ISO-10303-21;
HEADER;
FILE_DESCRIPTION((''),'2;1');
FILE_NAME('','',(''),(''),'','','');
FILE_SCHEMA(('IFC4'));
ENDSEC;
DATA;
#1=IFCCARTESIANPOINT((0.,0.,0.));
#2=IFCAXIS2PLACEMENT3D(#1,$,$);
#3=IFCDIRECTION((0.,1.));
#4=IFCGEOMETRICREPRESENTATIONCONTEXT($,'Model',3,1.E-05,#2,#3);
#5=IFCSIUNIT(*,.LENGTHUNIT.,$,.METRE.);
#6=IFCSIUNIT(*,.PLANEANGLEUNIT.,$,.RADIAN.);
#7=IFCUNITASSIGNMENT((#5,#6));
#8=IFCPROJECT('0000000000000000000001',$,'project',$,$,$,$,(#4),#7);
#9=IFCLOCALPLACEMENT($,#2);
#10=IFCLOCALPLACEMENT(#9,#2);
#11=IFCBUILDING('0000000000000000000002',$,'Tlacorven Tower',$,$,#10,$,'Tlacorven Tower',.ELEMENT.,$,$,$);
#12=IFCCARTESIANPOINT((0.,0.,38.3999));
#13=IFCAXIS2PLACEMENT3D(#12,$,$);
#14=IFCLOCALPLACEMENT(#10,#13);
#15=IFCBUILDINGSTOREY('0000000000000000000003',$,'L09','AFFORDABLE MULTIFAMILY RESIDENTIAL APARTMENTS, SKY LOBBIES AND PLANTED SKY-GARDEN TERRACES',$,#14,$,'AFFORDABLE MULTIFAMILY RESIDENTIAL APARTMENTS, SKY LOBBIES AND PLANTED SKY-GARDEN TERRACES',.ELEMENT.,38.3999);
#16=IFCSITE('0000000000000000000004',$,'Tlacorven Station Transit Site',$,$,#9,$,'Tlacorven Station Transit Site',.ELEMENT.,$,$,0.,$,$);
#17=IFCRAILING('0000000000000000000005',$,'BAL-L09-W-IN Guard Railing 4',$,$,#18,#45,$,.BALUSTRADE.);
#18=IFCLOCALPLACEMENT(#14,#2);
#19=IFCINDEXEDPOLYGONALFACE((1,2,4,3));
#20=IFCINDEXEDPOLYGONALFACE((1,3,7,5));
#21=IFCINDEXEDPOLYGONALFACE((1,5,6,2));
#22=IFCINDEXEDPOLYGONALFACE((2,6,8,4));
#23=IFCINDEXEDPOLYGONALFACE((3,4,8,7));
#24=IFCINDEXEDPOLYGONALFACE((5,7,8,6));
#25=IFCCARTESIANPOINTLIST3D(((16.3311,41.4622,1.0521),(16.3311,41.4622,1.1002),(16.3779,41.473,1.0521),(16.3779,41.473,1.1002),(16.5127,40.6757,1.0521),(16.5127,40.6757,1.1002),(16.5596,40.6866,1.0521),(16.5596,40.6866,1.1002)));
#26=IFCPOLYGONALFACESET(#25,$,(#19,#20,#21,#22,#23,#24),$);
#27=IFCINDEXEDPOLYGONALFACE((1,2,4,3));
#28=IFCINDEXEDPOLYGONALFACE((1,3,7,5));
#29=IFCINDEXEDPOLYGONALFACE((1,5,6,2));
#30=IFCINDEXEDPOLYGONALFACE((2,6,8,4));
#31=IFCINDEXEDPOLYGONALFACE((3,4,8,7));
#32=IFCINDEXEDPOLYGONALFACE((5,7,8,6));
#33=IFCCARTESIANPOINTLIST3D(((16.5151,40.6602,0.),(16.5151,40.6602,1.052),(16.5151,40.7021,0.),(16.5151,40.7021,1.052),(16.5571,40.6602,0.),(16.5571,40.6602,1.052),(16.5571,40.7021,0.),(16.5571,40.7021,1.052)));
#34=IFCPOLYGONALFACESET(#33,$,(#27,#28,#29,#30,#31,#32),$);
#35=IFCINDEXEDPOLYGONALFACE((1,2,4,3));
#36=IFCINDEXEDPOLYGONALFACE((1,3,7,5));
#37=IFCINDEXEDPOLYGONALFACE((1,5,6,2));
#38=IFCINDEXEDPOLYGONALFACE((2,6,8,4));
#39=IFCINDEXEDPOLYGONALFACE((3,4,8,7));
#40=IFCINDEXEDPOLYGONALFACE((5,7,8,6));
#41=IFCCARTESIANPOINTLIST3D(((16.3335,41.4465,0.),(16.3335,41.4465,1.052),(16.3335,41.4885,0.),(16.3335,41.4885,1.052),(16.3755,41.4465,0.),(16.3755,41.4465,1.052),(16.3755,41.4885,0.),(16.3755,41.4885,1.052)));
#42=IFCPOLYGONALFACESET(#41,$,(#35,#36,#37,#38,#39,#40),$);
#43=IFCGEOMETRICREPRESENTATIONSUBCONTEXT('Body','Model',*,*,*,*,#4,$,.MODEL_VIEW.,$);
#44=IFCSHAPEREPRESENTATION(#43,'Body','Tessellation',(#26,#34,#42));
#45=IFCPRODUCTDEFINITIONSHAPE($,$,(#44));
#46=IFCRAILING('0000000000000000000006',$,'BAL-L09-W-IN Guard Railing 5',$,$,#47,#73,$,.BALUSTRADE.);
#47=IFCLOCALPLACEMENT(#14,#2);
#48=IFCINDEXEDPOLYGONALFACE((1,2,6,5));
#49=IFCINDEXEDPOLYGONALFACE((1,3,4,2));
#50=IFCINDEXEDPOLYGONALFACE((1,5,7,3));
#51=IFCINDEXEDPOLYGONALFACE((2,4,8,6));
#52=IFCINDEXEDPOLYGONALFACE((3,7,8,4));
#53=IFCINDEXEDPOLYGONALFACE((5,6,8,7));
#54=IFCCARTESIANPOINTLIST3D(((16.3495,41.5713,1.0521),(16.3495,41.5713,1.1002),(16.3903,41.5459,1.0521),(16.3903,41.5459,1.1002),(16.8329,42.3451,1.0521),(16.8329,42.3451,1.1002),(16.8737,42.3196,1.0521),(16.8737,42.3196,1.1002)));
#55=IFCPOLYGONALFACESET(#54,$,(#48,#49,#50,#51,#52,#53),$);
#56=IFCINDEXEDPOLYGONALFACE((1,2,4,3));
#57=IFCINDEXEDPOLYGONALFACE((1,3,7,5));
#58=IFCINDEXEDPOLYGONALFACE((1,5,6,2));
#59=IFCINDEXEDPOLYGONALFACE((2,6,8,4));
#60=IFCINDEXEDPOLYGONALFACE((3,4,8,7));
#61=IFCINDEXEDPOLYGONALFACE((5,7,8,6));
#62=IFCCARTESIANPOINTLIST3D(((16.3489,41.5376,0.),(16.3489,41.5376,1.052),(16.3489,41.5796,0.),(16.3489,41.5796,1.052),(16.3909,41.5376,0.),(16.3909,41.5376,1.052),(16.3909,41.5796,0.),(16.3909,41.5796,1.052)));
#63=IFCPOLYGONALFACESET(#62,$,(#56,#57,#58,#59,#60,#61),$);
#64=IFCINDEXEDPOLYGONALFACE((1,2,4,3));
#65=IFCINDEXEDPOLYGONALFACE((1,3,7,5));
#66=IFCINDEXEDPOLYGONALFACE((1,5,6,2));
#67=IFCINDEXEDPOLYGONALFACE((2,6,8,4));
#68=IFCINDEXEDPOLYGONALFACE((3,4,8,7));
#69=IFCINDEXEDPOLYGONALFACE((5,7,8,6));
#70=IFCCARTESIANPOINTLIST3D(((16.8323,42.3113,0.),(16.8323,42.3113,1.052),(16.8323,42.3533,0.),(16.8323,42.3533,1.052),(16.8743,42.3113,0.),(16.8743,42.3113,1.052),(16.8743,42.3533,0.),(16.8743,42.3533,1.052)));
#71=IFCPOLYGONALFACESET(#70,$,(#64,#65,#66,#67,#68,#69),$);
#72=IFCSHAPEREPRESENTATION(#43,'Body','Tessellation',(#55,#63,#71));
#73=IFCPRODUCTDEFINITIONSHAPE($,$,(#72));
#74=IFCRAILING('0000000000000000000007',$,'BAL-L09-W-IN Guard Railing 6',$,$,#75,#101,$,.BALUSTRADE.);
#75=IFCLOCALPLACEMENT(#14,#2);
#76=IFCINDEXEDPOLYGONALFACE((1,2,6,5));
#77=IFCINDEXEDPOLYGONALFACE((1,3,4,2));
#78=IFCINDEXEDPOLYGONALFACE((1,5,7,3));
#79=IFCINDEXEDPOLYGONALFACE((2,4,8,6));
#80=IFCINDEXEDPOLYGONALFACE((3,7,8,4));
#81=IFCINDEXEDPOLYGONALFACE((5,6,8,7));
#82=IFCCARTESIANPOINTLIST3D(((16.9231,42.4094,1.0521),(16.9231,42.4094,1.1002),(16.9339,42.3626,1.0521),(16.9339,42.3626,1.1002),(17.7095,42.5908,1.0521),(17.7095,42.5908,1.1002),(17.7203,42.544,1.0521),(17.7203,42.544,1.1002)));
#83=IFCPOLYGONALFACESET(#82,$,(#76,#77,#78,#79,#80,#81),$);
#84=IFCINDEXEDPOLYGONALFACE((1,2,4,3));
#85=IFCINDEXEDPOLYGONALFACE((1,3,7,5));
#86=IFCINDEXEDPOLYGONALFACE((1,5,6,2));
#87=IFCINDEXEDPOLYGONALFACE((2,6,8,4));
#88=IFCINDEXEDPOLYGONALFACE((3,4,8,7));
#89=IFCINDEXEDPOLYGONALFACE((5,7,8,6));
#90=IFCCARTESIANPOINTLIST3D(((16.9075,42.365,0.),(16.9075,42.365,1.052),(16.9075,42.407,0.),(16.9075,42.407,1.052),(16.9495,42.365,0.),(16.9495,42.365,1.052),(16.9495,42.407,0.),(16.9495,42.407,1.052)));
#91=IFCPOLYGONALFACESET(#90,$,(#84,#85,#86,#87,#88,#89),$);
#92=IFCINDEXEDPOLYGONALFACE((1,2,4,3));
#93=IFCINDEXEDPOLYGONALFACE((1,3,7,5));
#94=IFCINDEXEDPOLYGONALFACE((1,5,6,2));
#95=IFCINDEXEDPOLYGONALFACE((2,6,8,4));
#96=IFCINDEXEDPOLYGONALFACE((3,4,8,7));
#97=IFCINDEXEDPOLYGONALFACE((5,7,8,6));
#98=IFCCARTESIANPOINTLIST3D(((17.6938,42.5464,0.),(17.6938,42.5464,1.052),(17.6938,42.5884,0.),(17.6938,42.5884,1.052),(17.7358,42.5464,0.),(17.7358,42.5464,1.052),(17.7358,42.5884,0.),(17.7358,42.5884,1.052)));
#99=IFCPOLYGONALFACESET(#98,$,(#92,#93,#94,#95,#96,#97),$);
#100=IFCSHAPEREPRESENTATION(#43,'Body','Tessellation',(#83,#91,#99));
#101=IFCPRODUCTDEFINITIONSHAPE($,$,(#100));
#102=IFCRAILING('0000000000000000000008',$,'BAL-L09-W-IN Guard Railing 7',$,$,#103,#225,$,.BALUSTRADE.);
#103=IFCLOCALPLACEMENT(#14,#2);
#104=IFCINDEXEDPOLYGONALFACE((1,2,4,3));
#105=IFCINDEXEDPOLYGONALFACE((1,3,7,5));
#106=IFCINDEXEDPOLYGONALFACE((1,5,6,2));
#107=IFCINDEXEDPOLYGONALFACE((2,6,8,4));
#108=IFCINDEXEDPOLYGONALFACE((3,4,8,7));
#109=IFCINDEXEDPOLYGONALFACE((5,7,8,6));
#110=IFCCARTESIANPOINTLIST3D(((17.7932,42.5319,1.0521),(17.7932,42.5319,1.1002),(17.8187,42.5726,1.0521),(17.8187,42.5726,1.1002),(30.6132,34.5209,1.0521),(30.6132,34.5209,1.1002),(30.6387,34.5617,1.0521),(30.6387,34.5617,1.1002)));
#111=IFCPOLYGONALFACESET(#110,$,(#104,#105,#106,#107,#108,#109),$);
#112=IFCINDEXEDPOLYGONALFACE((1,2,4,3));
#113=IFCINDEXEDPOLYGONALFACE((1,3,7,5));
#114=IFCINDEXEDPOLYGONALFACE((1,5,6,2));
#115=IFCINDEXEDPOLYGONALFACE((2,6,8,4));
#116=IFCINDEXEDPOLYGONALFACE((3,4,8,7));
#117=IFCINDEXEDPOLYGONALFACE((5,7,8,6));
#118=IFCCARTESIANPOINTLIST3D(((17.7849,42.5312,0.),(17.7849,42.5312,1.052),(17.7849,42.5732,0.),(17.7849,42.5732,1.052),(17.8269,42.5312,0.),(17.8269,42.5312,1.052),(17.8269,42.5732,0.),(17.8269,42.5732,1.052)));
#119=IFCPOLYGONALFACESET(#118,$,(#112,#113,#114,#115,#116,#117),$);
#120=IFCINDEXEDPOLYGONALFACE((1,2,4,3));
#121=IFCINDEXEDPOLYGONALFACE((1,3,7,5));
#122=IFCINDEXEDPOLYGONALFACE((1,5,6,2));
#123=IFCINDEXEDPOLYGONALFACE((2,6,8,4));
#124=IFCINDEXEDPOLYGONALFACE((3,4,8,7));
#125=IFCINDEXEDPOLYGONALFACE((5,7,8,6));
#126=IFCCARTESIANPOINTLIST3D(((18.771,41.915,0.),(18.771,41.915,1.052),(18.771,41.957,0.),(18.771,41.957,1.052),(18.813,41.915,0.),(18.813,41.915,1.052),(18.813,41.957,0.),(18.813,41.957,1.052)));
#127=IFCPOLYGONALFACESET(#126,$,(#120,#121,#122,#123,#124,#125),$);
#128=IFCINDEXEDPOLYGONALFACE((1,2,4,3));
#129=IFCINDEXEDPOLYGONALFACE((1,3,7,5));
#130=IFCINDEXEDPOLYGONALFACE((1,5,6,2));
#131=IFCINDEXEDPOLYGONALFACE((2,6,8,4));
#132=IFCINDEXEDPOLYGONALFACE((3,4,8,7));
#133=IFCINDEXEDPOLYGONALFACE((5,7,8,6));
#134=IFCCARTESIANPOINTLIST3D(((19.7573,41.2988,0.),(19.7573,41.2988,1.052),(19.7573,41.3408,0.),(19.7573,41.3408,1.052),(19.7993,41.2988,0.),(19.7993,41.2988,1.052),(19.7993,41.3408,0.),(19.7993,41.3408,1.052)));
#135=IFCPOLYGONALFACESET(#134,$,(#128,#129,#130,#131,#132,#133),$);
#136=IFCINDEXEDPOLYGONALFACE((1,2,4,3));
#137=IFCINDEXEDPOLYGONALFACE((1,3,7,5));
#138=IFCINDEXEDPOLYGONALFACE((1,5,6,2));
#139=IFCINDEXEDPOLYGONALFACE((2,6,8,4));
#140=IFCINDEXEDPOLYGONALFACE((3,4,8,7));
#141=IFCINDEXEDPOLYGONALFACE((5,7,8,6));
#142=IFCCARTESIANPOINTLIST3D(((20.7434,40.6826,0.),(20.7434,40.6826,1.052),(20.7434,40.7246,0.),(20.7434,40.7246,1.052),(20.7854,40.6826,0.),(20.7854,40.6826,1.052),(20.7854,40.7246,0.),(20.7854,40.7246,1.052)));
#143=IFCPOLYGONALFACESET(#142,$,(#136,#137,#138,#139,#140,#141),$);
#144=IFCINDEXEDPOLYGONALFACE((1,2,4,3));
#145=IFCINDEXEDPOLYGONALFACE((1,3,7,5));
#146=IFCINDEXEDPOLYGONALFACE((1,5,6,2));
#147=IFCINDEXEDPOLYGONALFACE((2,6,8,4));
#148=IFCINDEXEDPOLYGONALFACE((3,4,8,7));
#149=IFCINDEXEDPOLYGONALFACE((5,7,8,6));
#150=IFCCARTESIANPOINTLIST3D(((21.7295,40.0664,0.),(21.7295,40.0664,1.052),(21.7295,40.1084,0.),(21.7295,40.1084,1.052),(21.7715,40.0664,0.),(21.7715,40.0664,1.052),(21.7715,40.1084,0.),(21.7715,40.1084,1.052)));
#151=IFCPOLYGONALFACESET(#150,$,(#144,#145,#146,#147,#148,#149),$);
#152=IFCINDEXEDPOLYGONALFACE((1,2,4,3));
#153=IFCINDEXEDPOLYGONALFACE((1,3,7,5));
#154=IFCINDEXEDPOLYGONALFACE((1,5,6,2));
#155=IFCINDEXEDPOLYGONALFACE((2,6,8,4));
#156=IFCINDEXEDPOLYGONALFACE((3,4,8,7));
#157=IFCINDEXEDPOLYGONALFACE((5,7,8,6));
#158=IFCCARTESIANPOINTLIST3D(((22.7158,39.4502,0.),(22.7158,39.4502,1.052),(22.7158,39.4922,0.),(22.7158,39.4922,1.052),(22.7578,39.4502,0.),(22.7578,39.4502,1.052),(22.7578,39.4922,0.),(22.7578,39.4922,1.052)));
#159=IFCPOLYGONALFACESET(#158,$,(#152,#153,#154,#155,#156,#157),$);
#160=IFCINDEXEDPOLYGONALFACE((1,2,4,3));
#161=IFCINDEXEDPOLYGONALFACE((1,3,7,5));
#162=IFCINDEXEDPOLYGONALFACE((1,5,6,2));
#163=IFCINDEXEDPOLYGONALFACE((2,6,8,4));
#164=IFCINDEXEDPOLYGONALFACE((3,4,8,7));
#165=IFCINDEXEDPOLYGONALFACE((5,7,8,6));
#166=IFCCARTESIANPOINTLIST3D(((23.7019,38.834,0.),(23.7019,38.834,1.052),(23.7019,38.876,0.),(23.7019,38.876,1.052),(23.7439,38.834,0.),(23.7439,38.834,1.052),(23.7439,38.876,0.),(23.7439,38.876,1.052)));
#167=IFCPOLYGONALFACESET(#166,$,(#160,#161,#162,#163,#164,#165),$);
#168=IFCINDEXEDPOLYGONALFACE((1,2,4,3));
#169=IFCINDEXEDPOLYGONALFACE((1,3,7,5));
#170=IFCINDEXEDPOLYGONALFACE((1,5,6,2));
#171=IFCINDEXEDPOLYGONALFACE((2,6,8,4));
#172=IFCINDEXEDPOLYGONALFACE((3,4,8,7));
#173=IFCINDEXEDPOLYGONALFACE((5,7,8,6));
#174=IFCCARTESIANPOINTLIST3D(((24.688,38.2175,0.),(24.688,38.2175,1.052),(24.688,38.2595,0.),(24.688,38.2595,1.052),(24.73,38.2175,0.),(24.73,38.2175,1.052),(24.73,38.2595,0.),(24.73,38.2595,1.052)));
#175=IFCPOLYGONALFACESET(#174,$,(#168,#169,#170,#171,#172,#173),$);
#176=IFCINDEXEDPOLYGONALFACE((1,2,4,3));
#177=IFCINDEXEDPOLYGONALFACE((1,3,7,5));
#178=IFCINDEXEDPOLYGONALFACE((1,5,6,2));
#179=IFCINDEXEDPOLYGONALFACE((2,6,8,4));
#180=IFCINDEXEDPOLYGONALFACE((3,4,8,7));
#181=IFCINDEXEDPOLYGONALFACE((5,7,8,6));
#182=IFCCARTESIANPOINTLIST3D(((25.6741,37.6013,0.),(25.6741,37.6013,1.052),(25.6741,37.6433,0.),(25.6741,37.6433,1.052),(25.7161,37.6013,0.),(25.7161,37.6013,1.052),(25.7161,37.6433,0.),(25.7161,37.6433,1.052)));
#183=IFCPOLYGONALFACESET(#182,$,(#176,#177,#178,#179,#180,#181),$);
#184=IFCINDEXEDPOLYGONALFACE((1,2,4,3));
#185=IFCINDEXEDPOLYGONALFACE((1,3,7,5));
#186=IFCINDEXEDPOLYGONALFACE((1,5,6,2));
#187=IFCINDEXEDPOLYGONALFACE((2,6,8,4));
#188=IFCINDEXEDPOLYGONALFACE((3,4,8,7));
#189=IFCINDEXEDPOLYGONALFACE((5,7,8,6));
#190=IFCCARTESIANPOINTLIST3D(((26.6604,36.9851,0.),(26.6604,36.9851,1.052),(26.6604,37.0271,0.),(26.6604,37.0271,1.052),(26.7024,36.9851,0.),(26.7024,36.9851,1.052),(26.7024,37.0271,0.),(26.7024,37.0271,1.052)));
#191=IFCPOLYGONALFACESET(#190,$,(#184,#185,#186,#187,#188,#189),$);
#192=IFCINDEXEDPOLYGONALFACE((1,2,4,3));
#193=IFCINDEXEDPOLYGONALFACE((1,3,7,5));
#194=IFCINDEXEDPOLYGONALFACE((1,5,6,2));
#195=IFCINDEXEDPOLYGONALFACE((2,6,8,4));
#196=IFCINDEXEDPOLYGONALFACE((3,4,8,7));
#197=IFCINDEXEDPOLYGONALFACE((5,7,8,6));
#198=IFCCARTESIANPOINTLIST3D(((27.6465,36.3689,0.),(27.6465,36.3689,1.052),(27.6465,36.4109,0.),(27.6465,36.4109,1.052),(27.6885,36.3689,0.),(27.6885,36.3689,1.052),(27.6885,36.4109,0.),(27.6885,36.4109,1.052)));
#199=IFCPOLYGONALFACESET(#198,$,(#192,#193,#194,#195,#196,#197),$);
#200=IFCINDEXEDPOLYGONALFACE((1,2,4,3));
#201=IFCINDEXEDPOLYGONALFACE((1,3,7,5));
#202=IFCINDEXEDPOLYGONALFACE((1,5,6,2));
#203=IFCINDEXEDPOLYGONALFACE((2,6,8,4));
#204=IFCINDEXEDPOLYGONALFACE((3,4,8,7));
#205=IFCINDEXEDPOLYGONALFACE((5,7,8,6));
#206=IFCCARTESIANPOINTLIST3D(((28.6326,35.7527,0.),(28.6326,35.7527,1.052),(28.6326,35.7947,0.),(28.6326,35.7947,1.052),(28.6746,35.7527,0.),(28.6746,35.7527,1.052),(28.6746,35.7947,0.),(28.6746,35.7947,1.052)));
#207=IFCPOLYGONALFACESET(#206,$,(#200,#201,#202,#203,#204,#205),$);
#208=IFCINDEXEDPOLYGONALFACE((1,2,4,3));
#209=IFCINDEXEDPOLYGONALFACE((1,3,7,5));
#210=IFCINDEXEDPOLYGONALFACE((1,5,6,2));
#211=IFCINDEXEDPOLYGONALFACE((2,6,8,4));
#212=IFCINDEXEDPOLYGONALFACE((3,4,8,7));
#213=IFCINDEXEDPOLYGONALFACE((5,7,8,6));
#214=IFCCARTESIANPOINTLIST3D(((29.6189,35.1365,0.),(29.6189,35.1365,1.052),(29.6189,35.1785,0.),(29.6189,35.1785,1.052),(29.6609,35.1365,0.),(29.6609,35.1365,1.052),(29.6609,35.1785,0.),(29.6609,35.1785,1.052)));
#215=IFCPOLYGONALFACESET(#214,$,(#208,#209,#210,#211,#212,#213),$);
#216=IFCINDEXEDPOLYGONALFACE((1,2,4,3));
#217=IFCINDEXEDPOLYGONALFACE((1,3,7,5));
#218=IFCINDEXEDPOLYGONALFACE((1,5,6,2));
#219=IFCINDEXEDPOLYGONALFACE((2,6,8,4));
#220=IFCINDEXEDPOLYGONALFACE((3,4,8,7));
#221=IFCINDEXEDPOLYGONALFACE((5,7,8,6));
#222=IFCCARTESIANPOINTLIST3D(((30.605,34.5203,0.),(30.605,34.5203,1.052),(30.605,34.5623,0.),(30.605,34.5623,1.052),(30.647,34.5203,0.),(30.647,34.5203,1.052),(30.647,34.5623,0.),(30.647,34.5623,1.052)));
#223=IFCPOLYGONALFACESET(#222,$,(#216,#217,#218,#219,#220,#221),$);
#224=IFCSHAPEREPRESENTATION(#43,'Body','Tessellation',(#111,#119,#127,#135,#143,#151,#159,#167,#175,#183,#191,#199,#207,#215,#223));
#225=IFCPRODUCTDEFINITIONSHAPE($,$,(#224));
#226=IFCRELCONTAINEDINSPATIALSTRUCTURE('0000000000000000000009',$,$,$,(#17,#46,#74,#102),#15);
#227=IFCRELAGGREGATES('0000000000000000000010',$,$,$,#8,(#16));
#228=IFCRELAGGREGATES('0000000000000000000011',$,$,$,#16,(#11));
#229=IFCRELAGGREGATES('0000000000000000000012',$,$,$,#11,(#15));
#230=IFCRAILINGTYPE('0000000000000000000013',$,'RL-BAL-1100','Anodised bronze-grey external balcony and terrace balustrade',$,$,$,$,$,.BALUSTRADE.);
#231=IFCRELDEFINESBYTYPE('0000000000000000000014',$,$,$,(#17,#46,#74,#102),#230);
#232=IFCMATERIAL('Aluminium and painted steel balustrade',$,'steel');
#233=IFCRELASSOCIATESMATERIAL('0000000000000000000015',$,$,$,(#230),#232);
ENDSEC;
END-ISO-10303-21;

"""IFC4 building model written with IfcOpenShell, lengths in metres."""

from ifc_helpers import new_model, si_unit, direction, frame, origin, origin_2d, place, context, subcontext, project, spatial, rectangle, extrude, source, transform, mapped, material, type_object, element, save


model = new_model("IFC4")

# Units and contexts
model_context = context("Model", 3, precision=1e-05, world=origin(), true_north=direction((0.0, 1.0)))
body_context = subcontext(model_context, "Body", "Model", "MODEL_VIEW")
ifc_project = project(units=[si_unit("LENGTHUNIT", "METRE"), si_unit("PLANEANGLEUNIT", "RADIAN")], contexts=[model_context])

# Site, building, storey
site_placement = place(None, origin())
site = spatial("IfcSite", under=ifc_project, at=site_placement, Name="Tlacorven Station Transit Site", LongName="Tlacorven Station Transit Site", CompositionType="ELEMENT", RefElevation=0.0)
building_placement = place(site_placement, origin())
building = spatial("IfcBuilding", under=site, at=building_placement, Name="Tlacorven Tower", LongName="Tlacorven Tower", CompositionType="ELEMENT")
storey_placement = place(building_placement, frame((0.0, 0.0, 38.3999)))
storey = spatial("IfcBuildingStorey", under=building, at=storey_placement, Name="L09", Description="AFFORDABLE MULTIFAMILY RESIDENTIAL APARTMENTS, SKY LOBBIES AND PLANTED SKY-GARDEN TERRACES", LongName="AFFORDABLE MULTIFAMILY RESIDENTIAL APARTMENTS, SKY LOBBIES AND PLANTED SKY-GARDEN TERRACES", CompositionType="ELEMENT", Elevation=38.3999)

# Railings
ifc_material_1 = material(Name="Aluminium and painted steel balustrade", Category="steel")
railing_type = type_object("IfcRailingType", Name="RL-BAL-1100", Description="Anodised bronze-grey external balcony and terrace balustrade", PredefinedType="BALUSTRADE", material=ifc_material_1)
shared_shape_1 = source(origin(), body_context, "Body", "SweptSolid", [
    extrude(rectangle(XDim=0.0481, YDim=0.0481, at=origin_2d()), frame((0.0, 0.0, 1.0762), z_axis=(-0.225058, 0.974345, 0.0), x_axis=(-0.974345, -0.225058, 0.0)), (0.0, 0.0, 1.0), 0.8071),
    extrude(rectangle(XDim=0.042, YDim=0.042, at=origin_2d()), origin(), (0.0, 0.0, 1.0), 1.052),
    extrude(rectangle(XDim=0.042, YDim=0.042, at=origin_2d()), frame((-0.1816, 0.7864, 0.0)), (0.0, 0.0, 1.0), 1.052),
])
railing_1_placement = place(storey_placement, frame((16.5361, 40.6812, 0.0)))
element("IfcRailing", 1, at=railing_1_placement, inside=storey, type_object=railing_type, Name="BAL-L09-W-IN Guard Railing 4", PredefinedType="BALUSTRADE", context=body_context, shape_type="MappedRepresentation", body=[
    mapped(shared_shape_1, transform((0.0, 0.0, 0.0), scale=1.0)),
])
shared_shape_2 = source(origin(), body_context, "Body", "SweptSolid", [
    extrude(rectangle(XDim=0.0481, YDim=0.0481, at=origin_2d()), frame((0.0, 0.0, 1.0762), z_axis=(0.529879, 0.848073, 0.0), x_axis=(-0.848073, 0.529879, 0.0)), (0.0, 0.0, 1.0), 0.9124),
    extrude(rectangle(XDim=0.042, YDim=0.042, at=origin_2d()), origin(), (0.0, 0.0, 1.0), 1.052),
    extrude(rectangle(XDim=0.042, YDim=0.042, at=origin_2d()), frame((0.4834, 0.7737, 0.0)), (0.0, 0.0, 1.0), 1.052),
])
railing_2_placement = place(storey_placement, frame((16.3699, 41.5586, 0.0)))
element("IfcRailing", 2, at=railing_2_placement, inside=storey, type_object=railing_type, Name="BAL-L09-W-IN Guard Railing 5", PredefinedType="BALUSTRADE", context=body_context, shape_type="MappedRepresentation", body=[
    mapped(shared_shape_2, transform((0.0, 0.0, 0.0), scale=1.0)),
])
shared_shape_3 = source(origin(), body_context, "Body", "SweptSolid", [
    extrude(rectangle(XDim=0.0481, YDim=0.0481, at=origin_2d()), frame((0.0, 0.0, 1.0762), z_axis=(0.974412, 0.224771, 0.0), x_axis=(-0.224771, 0.974412, 0.0)), (0.0, 0.0, 1.0), 0.8071),
    extrude(rectangle(XDim=0.042, YDim=0.042, at=origin_2d()), origin(), (0.0, 0.0, 1.0), 1.052),
    extrude(rectangle(XDim=0.042, YDim=0.042, at=origin_2d()), frame((0.7864, 0.1814, 0.0)), (0.0, 0.0, 1.0), 1.052),
])
railing_3_placement = place(storey_placement, frame((16.9285, 42.386, 0.0)))
element("IfcRailing", 3, at=railing_3_placement, inside=storey, type_object=railing_type, Name="BAL-L09-W-IN Guard Railing 6", PredefinedType="BALUSTRADE", context=body_context, shape_type="MappedRepresentation", body=[
    mapped(shared_shape_3, transform((0.0, 0.0, 0.0), scale=1.0)),
])
shared_shape_4 = source(origin(), body_context, "Body", "SweptSolid", [
    extrude(rectangle(XDim=0.0481, YDim=0.0481, at=origin_2d()), frame((0.0, 0.0, 1.0762), z_axis=(0.848045, -0.529925, 0.0), x_axis=(0.529925, 0.848045, 0.0)), (0.0, 0.0, 1.0), 15.1172),
    extrude(rectangle(XDim=0.042, YDim=0.042, at=origin_2d()), origin(), (0.0, 0.0, 1.0), 1.052),
    extrude(rectangle(XDim=0.042, YDim=0.042, at=origin_2d()), frame((0.9861, -0.6162, 0.0)), (0.0, 0.0, 1.0), 1.052),
    extrude(rectangle(XDim=0.042, YDim=0.042, at=origin_2d()), frame((1.9724, -1.2324, 0.0)), (0.0, 0.0, 1.0), 1.052),
    extrude(rectangle(XDim=0.042, YDim=0.042, at=origin_2d()), frame((2.9585, -1.8486, 0.0)), (0.0, 0.0, 1.0), 1.052),
    extrude(rectangle(XDim=0.042, YDim=0.042, at=origin_2d()), frame((3.9446, -2.4648, 0.0)), (0.0, 0.0, 1.0), 1.052),
    extrude(rectangle(XDim=0.042, YDim=0.042, at=origin_2d()), frame((4.9309, -3.0811, 0.0)), (0.0, 0.0, 1.0), 1.052),
    extrude(rectangle(XDim=0.042, YDim=0.042, at=origin_2d()), frame((5.917, -3.6973, 0.0)), (0.0, 0.0, 1.0), 1.052),
    extrude(rectangle(XDim=0.042, YDim=0.042, at=origin_2d()), frame((6.9031, -4.3137, 0.0)), (0.0, 0.0, 1.0), 1.052),
    extrude(rectangle(XDim=0.042, YDim=0.042, at=origin_2d()), frame((7.8892, -4.9299, 0.0)), (0.0, 0.0, 1.0), 1.052),
    extrude(rectangle(XDim=0.042, YDim=0.042, at=origin_2d()), frame((8.8755, -5.5461, 0.0)), (0.0, 0.0, 1.0), 1.052),
    extrude(rectangle(XDim=0.042, YDim=0.042, at=origin_2d()), frame((9.8616, -6.1624, 0.0)), (0.0, 0.0, 1.0), 1.052),
    extrude(rectangle(XDim=0.042, YDim=0.042, at=origin_2d()), frame((10.8477, -6.7786, 0.0)), (0.0, 0.0, 1.0), 1.052),
    extrude(rectangle(XDim=0.042, YDim=0.042, at=origin_2d()), frame((11.834, -7.3948, 0.0)), (0.0, 0.0, 1.0), 1.052),
    extrude(rectangle(XDim=0.042, YDim=0.042, at=origin_2d()), frame((12.8201, -8.011, 0.0)), (0.0, 0.0, 1.0), 1.052),
])
railing_4_placement = place(storey_placement, frame((17.8059, 42.5522, 0.0)))
element("IfcRailing", 4, at=railing_4_placement, inside=storey, type_object=railing_type, Name="BAL-L09-W-IN Guard Railing 7", PredefinedType="BALUSTRADE", context=body_context, shape_type="MappedRepresentation", body=[
    mapped(shared_shape_4, transform((0.0, 0.0, 0.0), scale=1.0)),
])

save(model, "model.ifc")
